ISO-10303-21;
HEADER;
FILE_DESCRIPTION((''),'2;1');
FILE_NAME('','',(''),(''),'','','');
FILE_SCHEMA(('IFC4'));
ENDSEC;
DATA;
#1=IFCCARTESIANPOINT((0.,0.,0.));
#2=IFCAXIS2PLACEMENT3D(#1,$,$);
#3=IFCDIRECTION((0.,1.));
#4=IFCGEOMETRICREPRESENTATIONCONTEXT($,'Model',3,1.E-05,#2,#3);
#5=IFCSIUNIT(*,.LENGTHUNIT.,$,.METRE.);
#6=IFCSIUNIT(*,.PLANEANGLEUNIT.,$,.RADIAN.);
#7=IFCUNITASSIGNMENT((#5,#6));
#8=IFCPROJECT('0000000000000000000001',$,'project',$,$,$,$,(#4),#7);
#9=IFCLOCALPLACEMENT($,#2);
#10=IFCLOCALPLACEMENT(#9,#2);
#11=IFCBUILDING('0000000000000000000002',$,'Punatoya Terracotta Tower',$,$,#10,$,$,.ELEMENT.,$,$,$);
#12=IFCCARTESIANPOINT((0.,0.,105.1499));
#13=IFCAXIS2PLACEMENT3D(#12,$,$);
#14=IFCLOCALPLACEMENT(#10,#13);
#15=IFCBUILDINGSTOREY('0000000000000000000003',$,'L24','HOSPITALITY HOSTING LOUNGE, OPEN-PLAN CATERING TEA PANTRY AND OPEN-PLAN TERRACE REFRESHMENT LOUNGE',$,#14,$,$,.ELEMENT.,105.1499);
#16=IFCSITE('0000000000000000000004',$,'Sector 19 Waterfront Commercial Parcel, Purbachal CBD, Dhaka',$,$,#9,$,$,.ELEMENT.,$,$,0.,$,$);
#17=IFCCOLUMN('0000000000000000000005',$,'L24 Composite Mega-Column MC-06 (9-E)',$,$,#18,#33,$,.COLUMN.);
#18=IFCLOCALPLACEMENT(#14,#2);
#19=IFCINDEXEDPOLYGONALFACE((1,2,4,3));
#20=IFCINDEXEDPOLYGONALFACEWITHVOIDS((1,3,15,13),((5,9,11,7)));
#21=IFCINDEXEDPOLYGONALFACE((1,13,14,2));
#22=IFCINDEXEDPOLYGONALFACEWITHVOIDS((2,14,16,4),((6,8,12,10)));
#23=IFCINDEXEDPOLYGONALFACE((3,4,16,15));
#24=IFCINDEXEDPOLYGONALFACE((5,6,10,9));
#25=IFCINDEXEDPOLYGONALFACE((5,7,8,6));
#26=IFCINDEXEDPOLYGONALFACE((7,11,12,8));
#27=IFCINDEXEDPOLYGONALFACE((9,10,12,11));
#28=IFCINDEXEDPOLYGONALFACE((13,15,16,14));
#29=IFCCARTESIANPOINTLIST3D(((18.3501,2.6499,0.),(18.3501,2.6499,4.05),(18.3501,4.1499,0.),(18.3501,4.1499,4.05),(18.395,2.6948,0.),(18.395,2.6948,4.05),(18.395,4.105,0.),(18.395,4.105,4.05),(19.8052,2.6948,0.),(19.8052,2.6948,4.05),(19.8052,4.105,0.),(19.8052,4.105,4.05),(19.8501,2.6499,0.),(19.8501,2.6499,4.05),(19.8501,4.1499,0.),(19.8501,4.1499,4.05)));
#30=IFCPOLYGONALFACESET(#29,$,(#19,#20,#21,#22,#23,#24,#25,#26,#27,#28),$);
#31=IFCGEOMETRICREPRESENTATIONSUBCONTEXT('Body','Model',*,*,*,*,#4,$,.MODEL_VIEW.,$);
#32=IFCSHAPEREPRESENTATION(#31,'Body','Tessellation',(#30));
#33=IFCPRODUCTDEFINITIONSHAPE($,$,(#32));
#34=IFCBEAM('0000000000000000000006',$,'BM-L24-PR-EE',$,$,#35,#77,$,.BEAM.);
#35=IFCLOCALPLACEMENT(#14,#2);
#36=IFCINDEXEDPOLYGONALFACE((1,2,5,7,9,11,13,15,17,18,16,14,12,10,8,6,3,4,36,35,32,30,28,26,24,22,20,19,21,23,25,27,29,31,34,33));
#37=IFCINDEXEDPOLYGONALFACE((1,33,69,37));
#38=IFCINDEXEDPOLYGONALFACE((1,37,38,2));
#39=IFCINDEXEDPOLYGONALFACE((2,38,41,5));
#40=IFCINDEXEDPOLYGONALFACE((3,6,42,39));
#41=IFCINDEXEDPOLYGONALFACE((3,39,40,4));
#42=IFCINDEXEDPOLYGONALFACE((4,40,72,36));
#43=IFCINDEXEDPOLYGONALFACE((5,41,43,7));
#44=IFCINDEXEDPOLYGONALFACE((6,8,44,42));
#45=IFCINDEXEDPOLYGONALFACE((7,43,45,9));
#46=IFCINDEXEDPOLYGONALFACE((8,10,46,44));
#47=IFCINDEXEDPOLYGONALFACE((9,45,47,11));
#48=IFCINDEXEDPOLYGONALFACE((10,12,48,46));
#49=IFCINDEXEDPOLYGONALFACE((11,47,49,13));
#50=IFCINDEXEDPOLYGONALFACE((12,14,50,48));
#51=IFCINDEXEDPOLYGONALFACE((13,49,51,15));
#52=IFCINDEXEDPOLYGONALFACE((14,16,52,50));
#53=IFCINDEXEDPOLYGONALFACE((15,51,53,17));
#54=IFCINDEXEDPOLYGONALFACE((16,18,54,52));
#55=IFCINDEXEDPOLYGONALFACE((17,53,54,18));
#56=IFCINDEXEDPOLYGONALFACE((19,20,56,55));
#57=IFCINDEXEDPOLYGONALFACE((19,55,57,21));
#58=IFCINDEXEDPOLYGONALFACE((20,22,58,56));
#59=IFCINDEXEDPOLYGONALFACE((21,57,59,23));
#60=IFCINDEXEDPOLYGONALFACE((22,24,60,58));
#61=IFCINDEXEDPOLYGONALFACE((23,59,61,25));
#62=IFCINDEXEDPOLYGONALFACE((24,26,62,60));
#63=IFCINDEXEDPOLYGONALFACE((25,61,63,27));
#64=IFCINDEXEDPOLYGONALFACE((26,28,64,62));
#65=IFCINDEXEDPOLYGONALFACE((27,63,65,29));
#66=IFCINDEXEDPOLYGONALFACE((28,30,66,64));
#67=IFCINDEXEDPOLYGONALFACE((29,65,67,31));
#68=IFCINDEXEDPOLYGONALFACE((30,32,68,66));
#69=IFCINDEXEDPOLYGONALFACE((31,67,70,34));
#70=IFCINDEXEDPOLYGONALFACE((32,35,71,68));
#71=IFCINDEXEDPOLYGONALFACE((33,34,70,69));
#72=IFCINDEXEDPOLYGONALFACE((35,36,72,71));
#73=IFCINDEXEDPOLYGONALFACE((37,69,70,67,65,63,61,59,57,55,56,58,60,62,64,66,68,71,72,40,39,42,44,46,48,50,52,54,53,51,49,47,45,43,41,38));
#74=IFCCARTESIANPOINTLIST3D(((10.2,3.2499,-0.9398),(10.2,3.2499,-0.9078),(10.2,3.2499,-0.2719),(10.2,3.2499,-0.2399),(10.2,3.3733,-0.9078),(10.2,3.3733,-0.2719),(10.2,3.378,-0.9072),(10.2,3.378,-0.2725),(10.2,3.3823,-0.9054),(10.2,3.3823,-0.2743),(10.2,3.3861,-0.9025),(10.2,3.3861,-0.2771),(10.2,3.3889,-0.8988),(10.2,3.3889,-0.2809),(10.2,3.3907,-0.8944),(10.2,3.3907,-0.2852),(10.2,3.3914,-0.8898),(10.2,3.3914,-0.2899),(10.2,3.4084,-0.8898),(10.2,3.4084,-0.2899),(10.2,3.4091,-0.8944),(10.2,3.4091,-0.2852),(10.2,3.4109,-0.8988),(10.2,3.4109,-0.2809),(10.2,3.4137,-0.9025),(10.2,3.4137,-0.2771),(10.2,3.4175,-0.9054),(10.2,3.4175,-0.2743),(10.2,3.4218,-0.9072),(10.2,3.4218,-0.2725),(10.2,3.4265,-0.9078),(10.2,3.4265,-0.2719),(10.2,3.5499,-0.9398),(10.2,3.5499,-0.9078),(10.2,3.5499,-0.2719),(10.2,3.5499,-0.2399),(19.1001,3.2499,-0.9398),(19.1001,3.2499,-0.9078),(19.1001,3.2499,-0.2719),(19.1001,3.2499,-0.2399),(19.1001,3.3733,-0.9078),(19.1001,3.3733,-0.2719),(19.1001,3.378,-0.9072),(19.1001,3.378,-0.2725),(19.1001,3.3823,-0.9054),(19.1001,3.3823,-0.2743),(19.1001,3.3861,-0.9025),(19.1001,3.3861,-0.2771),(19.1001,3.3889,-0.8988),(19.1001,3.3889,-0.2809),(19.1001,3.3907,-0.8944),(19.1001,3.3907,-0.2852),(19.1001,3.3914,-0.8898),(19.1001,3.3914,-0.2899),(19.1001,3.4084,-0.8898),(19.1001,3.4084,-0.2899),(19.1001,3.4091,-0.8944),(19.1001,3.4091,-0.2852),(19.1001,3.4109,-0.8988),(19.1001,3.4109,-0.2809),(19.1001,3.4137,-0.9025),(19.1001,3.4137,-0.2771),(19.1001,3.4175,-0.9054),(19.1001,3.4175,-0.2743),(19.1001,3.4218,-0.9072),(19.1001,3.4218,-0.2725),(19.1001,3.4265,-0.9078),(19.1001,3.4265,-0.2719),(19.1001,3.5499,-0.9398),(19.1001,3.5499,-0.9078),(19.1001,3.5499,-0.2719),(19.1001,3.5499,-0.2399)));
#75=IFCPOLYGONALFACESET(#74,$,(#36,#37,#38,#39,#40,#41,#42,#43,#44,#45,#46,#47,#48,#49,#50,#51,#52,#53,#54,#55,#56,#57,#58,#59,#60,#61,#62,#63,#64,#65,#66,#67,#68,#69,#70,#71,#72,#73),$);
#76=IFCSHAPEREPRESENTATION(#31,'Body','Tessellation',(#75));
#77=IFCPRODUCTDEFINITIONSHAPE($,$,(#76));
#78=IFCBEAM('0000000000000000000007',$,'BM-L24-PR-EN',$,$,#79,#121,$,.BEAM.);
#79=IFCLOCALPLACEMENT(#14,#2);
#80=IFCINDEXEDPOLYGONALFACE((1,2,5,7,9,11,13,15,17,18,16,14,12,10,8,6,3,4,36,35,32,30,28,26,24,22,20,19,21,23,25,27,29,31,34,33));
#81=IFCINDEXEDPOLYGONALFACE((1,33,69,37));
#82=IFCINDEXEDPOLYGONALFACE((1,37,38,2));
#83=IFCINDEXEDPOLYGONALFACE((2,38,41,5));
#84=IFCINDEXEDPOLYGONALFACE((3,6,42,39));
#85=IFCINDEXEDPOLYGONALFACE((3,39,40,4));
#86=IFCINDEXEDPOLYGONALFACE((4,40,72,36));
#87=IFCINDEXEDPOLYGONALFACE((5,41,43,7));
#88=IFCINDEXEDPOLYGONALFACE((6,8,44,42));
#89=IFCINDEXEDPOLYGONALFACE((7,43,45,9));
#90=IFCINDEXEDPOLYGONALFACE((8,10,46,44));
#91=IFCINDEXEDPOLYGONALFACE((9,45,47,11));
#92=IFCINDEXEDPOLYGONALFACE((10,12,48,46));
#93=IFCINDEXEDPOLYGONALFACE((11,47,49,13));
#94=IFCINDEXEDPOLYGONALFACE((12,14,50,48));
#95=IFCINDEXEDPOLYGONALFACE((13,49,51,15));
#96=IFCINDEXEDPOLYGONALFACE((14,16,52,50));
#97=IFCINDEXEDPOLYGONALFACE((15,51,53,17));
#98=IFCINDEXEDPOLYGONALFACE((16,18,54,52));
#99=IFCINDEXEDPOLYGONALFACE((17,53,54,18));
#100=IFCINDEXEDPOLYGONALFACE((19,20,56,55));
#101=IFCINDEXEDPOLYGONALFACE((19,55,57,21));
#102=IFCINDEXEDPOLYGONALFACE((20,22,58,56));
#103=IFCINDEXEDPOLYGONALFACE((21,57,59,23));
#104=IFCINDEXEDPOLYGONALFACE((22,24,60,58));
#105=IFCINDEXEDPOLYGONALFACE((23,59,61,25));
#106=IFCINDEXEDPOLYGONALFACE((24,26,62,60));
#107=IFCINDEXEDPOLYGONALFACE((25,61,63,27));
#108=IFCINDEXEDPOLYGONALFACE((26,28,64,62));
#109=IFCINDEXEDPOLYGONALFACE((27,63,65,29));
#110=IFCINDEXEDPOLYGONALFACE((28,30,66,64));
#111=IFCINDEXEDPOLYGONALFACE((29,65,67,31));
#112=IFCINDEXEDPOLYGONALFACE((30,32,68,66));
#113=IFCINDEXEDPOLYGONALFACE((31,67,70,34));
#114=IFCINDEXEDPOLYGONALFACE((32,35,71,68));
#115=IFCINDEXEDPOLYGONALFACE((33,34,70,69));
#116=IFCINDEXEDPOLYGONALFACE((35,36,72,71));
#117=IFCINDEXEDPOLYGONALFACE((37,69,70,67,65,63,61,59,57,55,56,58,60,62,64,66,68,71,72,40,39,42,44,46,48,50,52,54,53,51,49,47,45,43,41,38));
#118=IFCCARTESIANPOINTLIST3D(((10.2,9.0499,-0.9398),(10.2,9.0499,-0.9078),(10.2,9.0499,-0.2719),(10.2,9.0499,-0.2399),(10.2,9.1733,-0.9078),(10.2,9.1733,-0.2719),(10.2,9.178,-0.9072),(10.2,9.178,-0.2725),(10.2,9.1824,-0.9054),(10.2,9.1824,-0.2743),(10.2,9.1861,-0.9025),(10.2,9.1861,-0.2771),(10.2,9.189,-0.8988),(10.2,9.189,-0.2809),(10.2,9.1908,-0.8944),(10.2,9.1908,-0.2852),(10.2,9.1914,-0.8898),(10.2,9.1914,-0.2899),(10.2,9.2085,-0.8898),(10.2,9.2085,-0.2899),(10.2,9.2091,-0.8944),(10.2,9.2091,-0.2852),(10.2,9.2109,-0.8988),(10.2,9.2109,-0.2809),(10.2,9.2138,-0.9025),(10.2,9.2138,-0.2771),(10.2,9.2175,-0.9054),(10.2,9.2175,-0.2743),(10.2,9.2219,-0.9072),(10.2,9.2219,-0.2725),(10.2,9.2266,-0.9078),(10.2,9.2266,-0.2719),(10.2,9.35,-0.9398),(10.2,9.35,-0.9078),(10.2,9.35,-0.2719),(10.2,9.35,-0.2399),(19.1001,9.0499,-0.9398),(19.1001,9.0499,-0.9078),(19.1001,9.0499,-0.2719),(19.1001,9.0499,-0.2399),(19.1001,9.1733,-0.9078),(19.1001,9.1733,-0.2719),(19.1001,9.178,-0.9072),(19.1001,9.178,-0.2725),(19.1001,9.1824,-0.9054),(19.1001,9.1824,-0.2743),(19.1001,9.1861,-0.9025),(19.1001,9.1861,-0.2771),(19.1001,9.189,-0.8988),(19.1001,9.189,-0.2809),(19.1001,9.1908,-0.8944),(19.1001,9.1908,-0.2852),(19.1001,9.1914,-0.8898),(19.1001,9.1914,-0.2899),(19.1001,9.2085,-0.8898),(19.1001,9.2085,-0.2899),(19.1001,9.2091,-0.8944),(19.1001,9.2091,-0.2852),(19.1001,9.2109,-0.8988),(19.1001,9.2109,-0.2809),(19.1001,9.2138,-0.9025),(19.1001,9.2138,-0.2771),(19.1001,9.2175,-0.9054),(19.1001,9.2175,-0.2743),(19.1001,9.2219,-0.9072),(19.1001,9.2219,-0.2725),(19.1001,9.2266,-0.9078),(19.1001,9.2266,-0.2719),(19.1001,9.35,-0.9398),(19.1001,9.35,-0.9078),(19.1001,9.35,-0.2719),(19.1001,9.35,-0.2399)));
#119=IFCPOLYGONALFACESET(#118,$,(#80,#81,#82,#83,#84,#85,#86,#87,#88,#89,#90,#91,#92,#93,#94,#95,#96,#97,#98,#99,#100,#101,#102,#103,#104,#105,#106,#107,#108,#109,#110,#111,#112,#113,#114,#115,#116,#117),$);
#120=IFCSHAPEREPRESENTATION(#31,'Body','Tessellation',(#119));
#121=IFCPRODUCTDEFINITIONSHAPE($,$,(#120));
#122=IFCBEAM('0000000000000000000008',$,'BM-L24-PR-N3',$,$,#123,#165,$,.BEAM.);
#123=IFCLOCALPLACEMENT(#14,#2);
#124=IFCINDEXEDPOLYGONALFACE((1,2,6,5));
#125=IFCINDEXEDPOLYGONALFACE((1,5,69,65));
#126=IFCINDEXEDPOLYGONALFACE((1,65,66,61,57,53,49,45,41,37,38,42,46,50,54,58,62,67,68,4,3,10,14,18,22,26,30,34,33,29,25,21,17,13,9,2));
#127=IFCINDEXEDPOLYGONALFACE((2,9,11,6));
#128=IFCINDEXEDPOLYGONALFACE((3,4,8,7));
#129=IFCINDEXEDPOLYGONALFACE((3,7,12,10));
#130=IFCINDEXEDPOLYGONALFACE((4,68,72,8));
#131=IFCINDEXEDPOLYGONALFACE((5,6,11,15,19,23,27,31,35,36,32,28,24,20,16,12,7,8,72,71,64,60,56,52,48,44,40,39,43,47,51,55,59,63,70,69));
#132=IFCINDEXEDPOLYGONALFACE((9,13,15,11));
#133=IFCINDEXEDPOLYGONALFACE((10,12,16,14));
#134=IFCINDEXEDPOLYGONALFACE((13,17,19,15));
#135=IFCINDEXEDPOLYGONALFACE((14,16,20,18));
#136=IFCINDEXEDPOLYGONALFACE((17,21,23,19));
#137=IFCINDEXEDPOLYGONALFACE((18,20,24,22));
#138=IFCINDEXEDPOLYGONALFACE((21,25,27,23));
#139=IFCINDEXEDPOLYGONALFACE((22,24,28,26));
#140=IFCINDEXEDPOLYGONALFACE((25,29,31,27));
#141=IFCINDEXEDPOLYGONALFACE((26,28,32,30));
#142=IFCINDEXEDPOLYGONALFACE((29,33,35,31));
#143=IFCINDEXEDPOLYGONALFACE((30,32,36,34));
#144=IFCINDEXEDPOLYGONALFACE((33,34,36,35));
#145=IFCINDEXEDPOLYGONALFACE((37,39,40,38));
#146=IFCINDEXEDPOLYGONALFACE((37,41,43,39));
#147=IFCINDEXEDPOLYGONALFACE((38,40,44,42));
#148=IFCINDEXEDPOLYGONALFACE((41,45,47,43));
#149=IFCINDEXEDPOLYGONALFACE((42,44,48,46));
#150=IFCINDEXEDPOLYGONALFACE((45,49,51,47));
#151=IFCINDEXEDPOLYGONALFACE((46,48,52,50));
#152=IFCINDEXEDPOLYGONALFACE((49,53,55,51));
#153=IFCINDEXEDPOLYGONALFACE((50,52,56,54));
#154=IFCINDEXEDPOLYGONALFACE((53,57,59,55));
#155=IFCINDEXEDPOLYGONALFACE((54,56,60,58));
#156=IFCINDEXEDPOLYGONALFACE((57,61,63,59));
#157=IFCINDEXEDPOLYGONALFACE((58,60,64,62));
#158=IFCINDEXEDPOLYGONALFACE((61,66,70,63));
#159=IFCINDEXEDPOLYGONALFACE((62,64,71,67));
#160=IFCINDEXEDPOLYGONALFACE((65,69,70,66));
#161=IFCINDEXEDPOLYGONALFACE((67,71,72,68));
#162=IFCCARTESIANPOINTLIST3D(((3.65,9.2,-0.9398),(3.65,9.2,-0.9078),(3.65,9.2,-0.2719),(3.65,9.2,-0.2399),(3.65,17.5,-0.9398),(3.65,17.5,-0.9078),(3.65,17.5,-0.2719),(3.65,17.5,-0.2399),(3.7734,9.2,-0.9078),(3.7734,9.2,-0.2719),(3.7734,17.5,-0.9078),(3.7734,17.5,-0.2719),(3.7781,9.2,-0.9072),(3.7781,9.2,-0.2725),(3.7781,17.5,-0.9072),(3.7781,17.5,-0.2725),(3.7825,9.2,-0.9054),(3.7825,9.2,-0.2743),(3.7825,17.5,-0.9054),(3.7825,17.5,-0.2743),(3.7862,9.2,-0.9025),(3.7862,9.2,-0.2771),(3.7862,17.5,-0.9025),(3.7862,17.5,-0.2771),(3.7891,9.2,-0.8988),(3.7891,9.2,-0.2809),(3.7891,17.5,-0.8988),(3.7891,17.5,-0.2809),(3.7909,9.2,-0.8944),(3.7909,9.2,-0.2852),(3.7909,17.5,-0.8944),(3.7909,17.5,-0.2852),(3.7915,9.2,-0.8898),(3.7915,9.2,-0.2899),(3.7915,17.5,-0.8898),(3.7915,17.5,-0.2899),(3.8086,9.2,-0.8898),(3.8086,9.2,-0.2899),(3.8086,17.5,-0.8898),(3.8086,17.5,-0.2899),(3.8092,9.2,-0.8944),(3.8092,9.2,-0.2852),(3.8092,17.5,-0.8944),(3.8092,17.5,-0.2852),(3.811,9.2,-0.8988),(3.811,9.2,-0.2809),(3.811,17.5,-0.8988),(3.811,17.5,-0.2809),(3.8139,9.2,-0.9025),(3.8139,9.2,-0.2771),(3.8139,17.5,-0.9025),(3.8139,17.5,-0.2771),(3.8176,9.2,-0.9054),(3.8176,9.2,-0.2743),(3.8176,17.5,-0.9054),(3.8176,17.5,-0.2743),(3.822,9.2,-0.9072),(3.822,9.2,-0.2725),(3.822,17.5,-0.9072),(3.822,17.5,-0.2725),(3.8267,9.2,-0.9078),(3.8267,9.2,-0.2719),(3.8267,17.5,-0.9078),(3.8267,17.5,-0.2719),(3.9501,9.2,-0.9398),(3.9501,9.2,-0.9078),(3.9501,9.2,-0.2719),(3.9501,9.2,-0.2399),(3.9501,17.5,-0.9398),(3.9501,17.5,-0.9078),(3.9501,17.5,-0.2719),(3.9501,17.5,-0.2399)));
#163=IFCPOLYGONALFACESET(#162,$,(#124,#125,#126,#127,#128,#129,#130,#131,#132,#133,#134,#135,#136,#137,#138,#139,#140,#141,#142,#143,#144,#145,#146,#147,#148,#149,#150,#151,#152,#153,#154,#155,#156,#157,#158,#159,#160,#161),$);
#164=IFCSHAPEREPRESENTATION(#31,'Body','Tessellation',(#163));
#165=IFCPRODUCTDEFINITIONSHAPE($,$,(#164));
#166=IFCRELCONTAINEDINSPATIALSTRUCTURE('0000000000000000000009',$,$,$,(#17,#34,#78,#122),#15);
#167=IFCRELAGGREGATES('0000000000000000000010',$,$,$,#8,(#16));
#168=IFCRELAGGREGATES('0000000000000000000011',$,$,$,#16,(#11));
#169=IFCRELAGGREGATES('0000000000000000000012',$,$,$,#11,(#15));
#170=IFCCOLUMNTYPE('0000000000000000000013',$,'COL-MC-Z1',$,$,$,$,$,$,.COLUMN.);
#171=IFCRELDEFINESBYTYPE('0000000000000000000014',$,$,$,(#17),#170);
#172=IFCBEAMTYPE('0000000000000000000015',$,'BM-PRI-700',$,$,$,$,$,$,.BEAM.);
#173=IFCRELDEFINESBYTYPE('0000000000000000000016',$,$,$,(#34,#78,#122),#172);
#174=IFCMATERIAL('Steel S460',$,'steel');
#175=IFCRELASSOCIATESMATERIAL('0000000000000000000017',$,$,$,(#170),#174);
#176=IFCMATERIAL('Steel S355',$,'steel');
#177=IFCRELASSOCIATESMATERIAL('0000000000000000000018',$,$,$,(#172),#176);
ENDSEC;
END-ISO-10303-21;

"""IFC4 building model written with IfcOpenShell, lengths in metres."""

from ifc_helpers import new_model, si_unit, direction, frame, origin, origin_2d, place, context, subcontext, project, spatial, hollow_rectangle, i_section, extrude, material, material_profile, profile_set, type_object, element, save


model = new_model("IFC4")

# Units and contexts
model_context = context("Model", 3, precision=1e-05, world=origin(), true_north=direction((0.0, 1.0)))
body_context = subcontext(model_context, "Body", "Model", "MODEL_VIEW")
ifc_project = project(units=[si_unit("LENGTHUNIT", "METRE"), si_unit("PLANEANGLEUNIT", "RADIAN")], contexts=[model_context])

# Site, building, storey
site_placement = place(None, origin())
site = spatial("IfcSite", under=ifc_project, at=site_placement, Name="Sector 19 Waterfront Commercial Parcel, Purbachal CBD, Dhaka", CompositionType="ELEMENT", RefElevation=0.0)
building_placement = place(site_placement, origin())
building = spatial("IfcBuilding", under=site, at=building_placement, Name="Punatoya Terracotta Tower", CompositionType="ELEMENT")
storey_placement = place(building_placement, frame((0.0, 0.0, 105.1499)))
storey = spatial("IfcBuildingStorey", under=building, at=storey_placement, Name="L24", Description="HOSPITALITY HOSTING LOUNGE, OPEN-PLAN CATERING TEA PANTRY AND OPEN-PLAN TERRACE REFRESHMENT LOUNGE", CompositionType="ELEMENT", Elevation=105.1499)

# Column
ifc_material_1 = material(Name="Steel S460", Category="steel")
ifc_material_profile_1 = material_profile(ifc_material_1, hollow_rectangle(XDim=1.5, YDim=1.5, WallThickness=0.0449, at=origin_2d()))
ifc_profile_set_1 = profile_set([ifc_material_profile_1], Name="Steel S460")
column_type = type_object("IfcColumnType", Name="COL-MC-Z1", PredefinedType="COLUMN", material=ifc_profile_set_1)
column_placement = place(storey_placement, frame((19.1001, 3.3999, 0.0), z_axis=(0.0, 0.0, 1.0), x_axis=(1.0, 0.0, 0.0)))
element("IfcColumn", 1, at=column_placement, inside=storey, type_object=column_type, Name="L24 Composite Mega-Column MC-06 (9-E)", PredefinedType="COLUMN", context=body_context, shape_type="SweptSolid", body=[
    extrude(hollow_rectangle(XDim=1.5, YDim=1.5, WallThickness=0.0449, at=origin_2d()), origin(), (0.0, 0.0, 1.0), 4.05),
])

# Beams
ifc_material_2 = material(Name="Steel S355", Category="steel")
ifc_material_profile_2 = material_profile(ifc_material_2, i_section(OverallWidth=0.3, OverallDepth=0.7, WebThickness=0.0171, FlangeThickness=0.032, FilletRadius=0.0181, at=origin_2d()))
ifc_profile_set_2 = profile_set([ifc_material_profile_2], Name="Steel S355")
beam_type_1 = type_object("IfcBeamType", Name="BM-PRI-700", PredefinedType="BEAM", material=ifc_profile_set_2)
for number, where, z_axis, x_axis, name in (
    (2, (10.2, 3.3999, -0.5898), (1.0, 0.0, 0.0), (0.0, 1.0, 0.0), "BM-L24-PR-EE"),
    (3, (10.2, 9.2, -0.5898), (1.0, 0.0, 0.0), (0.0, 1.0, 0.0), "BM-L24-PR-EN"),
):
    element("IfcBeam", number, at=place(storey_placement, frame(where, z_axis=z_axis, x_axis=x_axis)), inside=storey, type_object=beam_type_1, Name=name, PredefinedType="BEAM", context=body_context, shape_type="SweptSolid", body=[
        extrude(i_section(OverallWidth=0.3, OverallDepth=0.7, WebThickness=0.0171, FlangeThickness=0.032, FilletRadius=0.0181, at=origin_2d()), origin(), (0.0, 0.0, 1.0), 8.9001),
    ])
beam_placement = place(storey_placement, frame((3.8, 9.2, -0.5898), z_axis=(0.0, 1.0, 0.0), x_axis=(-1.0, 0.0, 0.0)))
element("IfcBeam", 4, at=beam_placement, inside=storey, type_object=beam_type_1, Name="BM-L24-PR-N3", PredefinedType="BEAM", context=body_context, shape_type="SweptSolid", body=[
    extrude(i_section(OverallWidth=0.3, OverallDepth=0.7, WebThickness=0.0171, FlangeThickness=0.032, FilletRadius=0.0181, at=origin_2d()), origin(), (0.0, 0.0, 1.0), 8.3),
])

save(model, "model.ifc")
